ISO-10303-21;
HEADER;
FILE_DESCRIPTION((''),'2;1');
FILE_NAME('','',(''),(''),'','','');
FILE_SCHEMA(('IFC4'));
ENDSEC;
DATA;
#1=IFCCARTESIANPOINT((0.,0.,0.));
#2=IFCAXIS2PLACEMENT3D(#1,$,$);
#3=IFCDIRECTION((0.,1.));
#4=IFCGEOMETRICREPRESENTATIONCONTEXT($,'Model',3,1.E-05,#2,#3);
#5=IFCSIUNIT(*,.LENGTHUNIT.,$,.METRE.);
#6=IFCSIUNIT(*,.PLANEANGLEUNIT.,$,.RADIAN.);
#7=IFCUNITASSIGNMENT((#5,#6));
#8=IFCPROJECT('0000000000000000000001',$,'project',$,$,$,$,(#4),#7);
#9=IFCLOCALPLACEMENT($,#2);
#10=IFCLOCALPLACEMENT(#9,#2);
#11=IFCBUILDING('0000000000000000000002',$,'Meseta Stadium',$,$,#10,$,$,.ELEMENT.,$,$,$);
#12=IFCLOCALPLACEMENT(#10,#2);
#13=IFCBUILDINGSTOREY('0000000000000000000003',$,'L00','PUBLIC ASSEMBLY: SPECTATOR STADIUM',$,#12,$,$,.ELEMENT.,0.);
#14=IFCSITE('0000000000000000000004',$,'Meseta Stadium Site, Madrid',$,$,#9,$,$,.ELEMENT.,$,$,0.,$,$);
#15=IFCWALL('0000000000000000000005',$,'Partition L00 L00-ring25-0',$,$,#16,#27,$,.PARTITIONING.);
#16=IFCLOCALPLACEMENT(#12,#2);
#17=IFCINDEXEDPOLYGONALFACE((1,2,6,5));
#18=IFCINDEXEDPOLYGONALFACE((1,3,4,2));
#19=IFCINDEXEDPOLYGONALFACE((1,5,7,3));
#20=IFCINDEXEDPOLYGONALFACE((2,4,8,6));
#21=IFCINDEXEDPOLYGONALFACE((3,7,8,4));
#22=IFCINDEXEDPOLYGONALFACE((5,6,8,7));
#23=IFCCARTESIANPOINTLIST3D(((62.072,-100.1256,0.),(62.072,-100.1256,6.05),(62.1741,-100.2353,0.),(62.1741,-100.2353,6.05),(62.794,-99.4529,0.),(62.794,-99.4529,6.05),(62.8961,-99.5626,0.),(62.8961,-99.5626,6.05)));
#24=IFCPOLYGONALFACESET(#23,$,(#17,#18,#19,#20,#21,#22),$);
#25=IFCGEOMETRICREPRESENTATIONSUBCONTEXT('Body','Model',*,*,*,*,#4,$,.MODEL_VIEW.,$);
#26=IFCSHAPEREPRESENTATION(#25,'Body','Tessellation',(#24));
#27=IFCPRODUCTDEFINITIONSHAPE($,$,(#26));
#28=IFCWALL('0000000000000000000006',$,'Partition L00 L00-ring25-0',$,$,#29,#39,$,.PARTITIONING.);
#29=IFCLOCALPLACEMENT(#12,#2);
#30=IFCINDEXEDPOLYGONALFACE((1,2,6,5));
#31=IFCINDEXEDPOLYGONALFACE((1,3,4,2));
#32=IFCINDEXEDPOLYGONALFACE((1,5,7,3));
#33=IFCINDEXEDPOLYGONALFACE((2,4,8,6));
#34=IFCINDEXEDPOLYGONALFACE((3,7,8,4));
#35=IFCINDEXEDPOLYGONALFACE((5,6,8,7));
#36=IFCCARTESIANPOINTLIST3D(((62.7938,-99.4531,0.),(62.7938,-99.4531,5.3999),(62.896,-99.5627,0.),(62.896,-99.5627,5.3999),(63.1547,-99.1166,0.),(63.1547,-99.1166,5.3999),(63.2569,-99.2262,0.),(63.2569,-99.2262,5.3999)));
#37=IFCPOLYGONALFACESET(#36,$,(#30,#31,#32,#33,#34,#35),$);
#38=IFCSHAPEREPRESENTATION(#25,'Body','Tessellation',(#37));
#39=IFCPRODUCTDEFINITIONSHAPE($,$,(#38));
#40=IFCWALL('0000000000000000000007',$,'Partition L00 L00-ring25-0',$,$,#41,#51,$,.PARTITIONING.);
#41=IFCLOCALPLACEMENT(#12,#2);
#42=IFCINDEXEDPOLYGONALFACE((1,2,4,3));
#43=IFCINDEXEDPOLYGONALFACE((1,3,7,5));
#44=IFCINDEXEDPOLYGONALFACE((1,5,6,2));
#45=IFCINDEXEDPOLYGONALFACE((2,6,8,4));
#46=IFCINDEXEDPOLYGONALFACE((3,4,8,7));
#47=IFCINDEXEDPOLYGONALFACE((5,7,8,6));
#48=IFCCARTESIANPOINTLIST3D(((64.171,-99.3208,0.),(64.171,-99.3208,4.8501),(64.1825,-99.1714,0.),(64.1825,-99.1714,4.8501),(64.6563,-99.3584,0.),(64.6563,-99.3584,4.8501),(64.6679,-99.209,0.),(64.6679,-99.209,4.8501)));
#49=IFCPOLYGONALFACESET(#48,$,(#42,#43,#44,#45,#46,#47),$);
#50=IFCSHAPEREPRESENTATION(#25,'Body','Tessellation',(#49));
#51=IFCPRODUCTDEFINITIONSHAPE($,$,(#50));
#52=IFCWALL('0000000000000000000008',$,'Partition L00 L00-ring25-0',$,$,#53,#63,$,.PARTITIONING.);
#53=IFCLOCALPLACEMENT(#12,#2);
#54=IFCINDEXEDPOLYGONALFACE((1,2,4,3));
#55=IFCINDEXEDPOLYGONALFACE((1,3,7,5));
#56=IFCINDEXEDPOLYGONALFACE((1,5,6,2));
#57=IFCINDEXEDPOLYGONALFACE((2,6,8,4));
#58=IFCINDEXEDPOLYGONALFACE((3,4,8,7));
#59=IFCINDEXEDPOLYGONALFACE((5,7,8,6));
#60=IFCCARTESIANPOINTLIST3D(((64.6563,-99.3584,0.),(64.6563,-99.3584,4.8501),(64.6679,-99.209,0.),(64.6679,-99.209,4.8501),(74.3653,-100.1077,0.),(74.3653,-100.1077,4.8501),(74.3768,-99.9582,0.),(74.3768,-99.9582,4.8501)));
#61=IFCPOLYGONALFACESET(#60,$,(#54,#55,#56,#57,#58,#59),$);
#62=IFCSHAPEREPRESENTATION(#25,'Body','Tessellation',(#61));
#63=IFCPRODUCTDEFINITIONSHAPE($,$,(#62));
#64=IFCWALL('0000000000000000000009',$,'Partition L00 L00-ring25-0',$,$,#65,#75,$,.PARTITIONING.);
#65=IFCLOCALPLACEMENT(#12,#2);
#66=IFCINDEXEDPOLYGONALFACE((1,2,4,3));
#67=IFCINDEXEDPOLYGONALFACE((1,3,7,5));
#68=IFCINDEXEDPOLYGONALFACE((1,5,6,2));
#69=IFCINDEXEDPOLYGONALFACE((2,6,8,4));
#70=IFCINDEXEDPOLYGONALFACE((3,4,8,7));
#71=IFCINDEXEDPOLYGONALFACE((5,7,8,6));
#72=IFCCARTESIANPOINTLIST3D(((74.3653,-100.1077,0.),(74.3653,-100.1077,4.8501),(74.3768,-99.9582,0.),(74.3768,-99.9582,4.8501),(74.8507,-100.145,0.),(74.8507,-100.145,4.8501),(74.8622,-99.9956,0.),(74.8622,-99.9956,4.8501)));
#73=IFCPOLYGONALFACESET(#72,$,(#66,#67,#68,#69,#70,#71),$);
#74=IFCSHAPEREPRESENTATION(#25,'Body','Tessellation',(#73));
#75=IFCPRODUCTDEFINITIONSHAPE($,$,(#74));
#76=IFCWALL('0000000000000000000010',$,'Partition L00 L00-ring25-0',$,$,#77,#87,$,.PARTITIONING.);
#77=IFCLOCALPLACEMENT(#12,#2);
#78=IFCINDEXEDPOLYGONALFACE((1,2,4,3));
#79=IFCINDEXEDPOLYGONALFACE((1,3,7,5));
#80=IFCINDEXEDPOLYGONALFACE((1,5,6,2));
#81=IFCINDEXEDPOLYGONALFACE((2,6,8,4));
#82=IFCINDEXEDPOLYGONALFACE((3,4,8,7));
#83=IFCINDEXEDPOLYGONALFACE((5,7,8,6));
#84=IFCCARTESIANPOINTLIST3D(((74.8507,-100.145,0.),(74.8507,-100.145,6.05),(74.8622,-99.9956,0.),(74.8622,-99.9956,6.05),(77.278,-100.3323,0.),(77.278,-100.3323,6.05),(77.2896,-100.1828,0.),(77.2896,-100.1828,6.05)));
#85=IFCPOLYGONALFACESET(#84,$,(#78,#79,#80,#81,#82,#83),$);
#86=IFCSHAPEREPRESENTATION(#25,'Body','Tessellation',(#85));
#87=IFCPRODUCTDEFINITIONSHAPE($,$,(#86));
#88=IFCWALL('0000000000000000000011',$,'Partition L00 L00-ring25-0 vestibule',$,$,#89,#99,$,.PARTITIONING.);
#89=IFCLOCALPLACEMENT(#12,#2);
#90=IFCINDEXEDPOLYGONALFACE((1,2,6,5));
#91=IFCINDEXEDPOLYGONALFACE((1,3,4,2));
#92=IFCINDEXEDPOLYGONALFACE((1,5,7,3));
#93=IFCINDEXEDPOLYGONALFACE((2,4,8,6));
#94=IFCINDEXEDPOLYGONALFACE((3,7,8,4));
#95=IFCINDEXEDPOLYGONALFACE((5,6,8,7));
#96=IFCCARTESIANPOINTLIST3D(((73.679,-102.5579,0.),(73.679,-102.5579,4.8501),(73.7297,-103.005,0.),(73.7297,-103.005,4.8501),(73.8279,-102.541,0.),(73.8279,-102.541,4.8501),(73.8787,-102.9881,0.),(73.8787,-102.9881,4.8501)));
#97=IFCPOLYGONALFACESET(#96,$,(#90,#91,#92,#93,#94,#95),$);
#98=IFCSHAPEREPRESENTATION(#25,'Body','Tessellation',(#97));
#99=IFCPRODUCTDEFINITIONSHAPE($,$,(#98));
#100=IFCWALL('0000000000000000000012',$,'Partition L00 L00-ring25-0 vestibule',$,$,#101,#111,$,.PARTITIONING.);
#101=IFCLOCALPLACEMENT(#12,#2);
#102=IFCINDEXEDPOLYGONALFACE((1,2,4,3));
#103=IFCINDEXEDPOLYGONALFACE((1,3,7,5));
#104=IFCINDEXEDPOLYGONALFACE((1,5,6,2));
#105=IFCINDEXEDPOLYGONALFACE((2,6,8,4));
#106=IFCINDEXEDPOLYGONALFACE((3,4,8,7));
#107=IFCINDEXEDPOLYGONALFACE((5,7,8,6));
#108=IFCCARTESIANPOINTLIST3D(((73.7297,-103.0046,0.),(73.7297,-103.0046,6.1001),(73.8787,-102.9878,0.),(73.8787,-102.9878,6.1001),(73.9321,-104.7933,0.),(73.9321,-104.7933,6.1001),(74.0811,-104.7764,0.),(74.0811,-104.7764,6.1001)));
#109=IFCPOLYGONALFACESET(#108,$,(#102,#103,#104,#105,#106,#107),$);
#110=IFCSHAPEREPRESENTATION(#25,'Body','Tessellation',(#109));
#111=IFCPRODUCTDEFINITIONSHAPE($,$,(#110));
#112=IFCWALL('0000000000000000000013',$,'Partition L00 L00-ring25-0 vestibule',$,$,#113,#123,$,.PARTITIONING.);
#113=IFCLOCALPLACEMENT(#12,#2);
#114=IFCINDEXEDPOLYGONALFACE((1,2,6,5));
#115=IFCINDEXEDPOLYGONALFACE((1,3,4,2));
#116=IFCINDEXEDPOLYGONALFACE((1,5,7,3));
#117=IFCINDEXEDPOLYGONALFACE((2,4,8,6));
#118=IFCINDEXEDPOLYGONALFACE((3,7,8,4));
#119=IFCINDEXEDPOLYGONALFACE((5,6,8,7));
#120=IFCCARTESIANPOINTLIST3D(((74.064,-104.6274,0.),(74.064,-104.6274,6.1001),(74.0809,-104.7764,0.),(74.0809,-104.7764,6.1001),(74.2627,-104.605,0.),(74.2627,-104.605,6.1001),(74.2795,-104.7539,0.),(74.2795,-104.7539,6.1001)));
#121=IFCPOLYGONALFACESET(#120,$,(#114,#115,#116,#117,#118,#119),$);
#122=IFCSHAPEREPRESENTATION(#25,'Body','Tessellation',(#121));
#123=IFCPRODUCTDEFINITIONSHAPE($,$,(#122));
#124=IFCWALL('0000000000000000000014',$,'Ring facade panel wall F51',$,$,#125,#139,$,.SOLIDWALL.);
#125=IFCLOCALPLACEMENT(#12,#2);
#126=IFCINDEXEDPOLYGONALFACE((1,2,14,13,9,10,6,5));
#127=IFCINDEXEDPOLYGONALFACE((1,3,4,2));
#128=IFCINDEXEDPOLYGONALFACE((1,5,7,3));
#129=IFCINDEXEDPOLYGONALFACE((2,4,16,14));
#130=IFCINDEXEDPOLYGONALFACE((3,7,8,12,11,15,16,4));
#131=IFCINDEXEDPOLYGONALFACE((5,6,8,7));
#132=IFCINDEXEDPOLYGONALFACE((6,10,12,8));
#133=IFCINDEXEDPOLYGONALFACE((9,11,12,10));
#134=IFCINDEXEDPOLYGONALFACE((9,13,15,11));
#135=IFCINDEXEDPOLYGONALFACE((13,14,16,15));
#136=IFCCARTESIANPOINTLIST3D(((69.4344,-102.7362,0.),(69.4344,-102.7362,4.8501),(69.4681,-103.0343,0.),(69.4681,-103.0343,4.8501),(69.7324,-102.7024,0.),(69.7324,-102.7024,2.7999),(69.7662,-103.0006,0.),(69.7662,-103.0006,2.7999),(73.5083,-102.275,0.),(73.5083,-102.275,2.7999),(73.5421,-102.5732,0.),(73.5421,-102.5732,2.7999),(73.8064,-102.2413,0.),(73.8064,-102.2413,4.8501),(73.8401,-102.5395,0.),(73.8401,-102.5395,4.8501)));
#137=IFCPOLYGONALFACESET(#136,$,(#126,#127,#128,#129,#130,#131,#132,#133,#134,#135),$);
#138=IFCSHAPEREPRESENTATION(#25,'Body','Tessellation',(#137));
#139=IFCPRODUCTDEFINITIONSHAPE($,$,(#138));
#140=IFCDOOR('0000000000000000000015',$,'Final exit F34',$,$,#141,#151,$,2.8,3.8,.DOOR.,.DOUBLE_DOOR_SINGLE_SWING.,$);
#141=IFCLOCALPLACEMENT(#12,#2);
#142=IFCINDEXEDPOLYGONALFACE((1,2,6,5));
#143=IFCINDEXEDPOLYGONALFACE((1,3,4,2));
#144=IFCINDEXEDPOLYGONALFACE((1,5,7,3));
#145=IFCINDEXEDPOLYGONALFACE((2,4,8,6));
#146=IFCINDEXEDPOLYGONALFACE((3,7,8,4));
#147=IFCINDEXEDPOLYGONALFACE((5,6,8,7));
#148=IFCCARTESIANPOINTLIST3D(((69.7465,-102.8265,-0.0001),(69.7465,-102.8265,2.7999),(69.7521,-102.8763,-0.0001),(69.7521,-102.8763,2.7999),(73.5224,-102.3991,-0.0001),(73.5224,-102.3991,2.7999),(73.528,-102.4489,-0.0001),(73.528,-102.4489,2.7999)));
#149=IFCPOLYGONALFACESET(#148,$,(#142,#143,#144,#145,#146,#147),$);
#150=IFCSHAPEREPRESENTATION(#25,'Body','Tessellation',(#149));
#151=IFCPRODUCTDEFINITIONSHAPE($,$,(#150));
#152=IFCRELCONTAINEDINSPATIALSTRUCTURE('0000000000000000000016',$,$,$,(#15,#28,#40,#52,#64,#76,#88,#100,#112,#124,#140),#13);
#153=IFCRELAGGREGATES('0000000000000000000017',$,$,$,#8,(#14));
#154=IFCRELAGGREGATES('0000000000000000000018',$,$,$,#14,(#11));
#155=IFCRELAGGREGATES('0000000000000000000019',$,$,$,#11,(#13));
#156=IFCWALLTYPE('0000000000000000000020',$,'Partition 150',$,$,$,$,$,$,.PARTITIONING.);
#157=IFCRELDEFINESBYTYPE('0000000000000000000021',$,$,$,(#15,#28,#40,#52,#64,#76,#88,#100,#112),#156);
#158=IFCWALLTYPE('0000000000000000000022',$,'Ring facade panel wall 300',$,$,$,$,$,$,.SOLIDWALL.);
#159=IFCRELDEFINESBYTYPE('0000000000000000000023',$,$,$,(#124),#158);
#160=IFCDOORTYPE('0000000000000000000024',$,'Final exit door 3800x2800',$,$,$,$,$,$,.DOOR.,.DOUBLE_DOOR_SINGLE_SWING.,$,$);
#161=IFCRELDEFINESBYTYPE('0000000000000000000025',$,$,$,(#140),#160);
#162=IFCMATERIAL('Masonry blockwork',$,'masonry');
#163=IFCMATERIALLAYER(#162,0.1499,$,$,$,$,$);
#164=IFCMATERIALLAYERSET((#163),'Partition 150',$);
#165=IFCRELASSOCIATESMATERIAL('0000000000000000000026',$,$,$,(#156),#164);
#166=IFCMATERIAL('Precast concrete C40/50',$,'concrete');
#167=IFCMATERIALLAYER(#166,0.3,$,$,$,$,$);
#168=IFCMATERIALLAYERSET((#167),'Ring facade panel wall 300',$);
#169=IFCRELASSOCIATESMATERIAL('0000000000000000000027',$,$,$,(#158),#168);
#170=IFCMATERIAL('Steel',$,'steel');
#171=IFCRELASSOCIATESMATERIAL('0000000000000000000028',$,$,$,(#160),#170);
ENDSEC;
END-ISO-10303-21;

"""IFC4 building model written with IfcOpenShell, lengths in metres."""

from ifc_helpers import new_model, si_unit, direction, frame, frame_2d, origin, place, context, subcontext, project, spatial, rectangle, extrude, material, layer, layer_set, type_object, element, fill, save


model = new_model("IFC4")

# Units and contexts
model_context = context("Model", 3, precision=1e-05, world=origin(), true_north=direction((0.0, 1.0)))
body_context = subcontext(model_context, "Body", "Model", "MODEL_VIEW")
ifc_project = project(units=[si_unit("LENGTHUNIT", "METRE"), si_unit("PLANEANGLEUNIT", "RADIAN")], contexts=[model_context])

# Site, building, storey
site_placement = place(None, origin())
site = spatial("IfcSite", under=ifc_project, at=site_placement, Name="Meseta Stadium Site, Madrid", CompositionType="ELEMENT", RefElevation=0.0)
building_placement = place(site_placement, origin())
building = spatial("IfcBuilding", under=site, at=building_placement, Name="Meseta Stadium", CompositionType="ELEMENT")
storey_placement = place(building_placement, origin())
storey = spatial("IfcBuildingStorey", under=building, at=storey_placement, Name="L00", Description="PUBLIC ASSEMBLY: SPECTATOR STADIUM", CompositionType="ELEMENT", Elevation=0.0)

# Walls
ifc_material_1 = material(Name="Masonry blockwork", Category="masonry")
ifc_layer_1 = layer(ifc_material_1, 0.1499)
ifc_layer_set_1 = layer_set([ifc_layer_1], Name="Partition 150")
wall_type_1 = type_object("IfcWallType", Name="Partition 150", PredefinedType="PARTITIONING", material=ifc_layer_set_1)
wall_1_placement = place(storey_placement, frame((62.123, -100.1804, 0.0), z_axis=(0.0, 0.0, 1.0), x_axis=(0.731656, 0.681674, 0.0)))
element("IfcWall", 1, at=wall_1_placement, inside=storey, type_object=wall_type_1, Name="Partition L00 L00-ring25-0", PredefinedType="PARTITIONING", context=body_context, shape_type="SweptSolid", body=[
    extrude(rectangle(XDim=0.9868, YDim=0.1499, at=frame_2d((0.4934, 0.0))), origin(), (0.0, 0.0, 1.0), 6.05),
])
wall_2_placement = place(storey_placement, frame((62.845, -99.5078, 0.0), z_axis=(0.0, 0.0, 1.0), x_axis=(0.731417, 0.68193, 0.0)))
element("IfcWall", 2, at=wall_2_placement, inside=storey, type_object=wall_type_1, Name="Partition L00 L00-ring25-0", PredefinedType="PARTITIONING", context=body_context, shape_type="SweptSolid", body=[
    extrude(rectangle(XDim=0.4934, YDim=0.1499, at=frame_2d((0.2466, 0.0))), origin(), (0.0, 0.0, 1.0), 5.3999),
])
wall_3_placement = place(storey_placement, frame((64.1768, -99.2461, 0.0), z_axis=(0.0, 0.0, 1.0), x_axis=(0.997013, -0.077233, 0.0)))
element("IfcWall", 3, at=wall_3_placement, inside=storey, type_object=wall_type_1, Name="Partition L00 L00-ring25-0", PredefinedType="PARTITIONING", context=body_context, shape_type="SweptSolid", body=[
    extrude(rectangle(XDim=0.4868, YDim=0.1499, at=frame_2d((0.2434, 0.0))), origin(), (0.0, 0.0, 1.0), 4.8501),
])
wall_4_placement = place(storey_placement, frame((64.6621, -99.2837, 0.0), z_axis=(0.0, 0.0, 1.0), x_axis=(0.997035, -0.076944, 0.0)))
element("IfcWall", 4, at=wall_4_placement, inside=storey, type_object=wall_type_1, Name="Partition L00 L00-ring25-0", PredefinedType="PARTITIONING", context=body_context, shape_type="SweptSolid", body=[
    extrude(rectangle(XDim=9.7378, YDim=0.1499, at=frame_2d((4.8689, 0.0))), origin(), (0.0, 0.0, 1.0), 4.8501),
])
wall_5_placement = place(storey_placement, frame((74.3711, -100.033, 0.0), z_axis=(0.0, 0.0, 1.0), x_axis=(0.997052, -0.076735, 0.0)))
element("IfcWall", 5, at=wall_5_placement, inside=storey, type_object=wall_type_1, Name="Partition L00 L00-ring25-0", PredefinedType="PARTITIONING", context=body_context, shape_type="SweptSolid", body=[
    extrude(rectangle(XDim=0.4868, YDim=0.1499, at=frame_2d((0.2434, 0.0))), origin(), (0.0, 0.0, 1.0), 4.8501),
])
wall_6_placement = place(storey_placement, frame((74.8564, -100.0703, 0.0), z_axis=(0.0, 0.0, 1.0), x_axis=(0.997037, -0.076919, 0.0)))
element("IfcWall", 6, at=wall_6_placement, inside=storey, type_object=wall_type_1, Name="Partition L00 L00-ring25-0", PredefinedType="PARTITIONING", context=body_context, shape_type="SweptSolid", body=[
    extrude(rectangle(XDim=2.4346, YDim=0.1499, at=frame_2d((1.2173, 0.0))), origin(), (0.0, 0.0, 1.0), 6.05),
])
wall_7_placement = place(storey_placement, frame((73.7534, -102.5493, 0.0), z_axis=(0.0, 0.0, 1.0), x_axis=(0.112873, -0.993609, 0.0)))
element("IfcWall", 7, at=wall_7_placement, inside=storey, type_object=wall_type_1, Name="Partition L00 L00-ring25-0 vestibule", PredefinedType="PARTITIONING", context=body_context, shape_type="SweptSolid", body=[
    extrude(rectangle(XDim=0.45, YDim=0.1499, at=frame_2d((0.2251, 0.0))), origin(), (0.0, 0.0, 1.0), 4.8501),
])
wall_8_placement = place(storey_placement, frame((73.8042, -102.9963, 0.0), z_axis=(0.0, 0.0, 1.0), x_axis=(0.112441, -0.993658, 0.0)))
element("IfcWall", 8, at=wall_8_placement, inside=storey, type_object=wall_type_1, Name="Partition L00 L00-ring25-0 vestibule", PredefinedType="PARTITIONING", context=body_context, shape_type="SweptSolid", body=[
    extrude(rectangle(XDim=1.8, YDim=0.1499, at=frame_2d((0.8999, 0.0))), origin(), (0.0, 0.0, 1.0), 6.1001),
])
wall_9_placement = place(storey_placement, frame((74.2712, -104.6794, 0.0), z_axis=(0.0, 0.0, 1.0), x_axis=(-0.993674, -0.112307, 0.0)))
element("IfcWall", 9, at=wall_9_placement, inside=storey, type_object=wall_type_1, Name="Partition L00 L00-ring25-0 vestibule", PredefinedType="PARTITIONING", context=body_context, shape_type="SweptSolid", body=[
    extrude(rectangle(XDim=0.2, YDim=0.1499, at=frame_2d((0.1001, 0.0))), origin(), (0.0, 0.0, 1.0), 6.1001),
])

# Wall, opening, door
ifc_material_2 = material(Name="Precast concrete C40/50", Category="concrete")
ifc_layer_2 = layer(ifc_material_2, 0.3)
ifc_layer_set_2 = layer_set([ifc_layer_2], Name="Ring facade panel wall 300")
wall_type_2 = type_object("IfcWallType", Name="Ring facade panel wall 300", PredefinedType="SOLIDWALL", material=ifc_layer_set_2)
wall_10_placement = place(storey_placement, frame((73.8232, -102.3904, 0.0), z_axis=(0.0, 0.0, 1.0), x_axis=(-0.993655, -0.112471, 0.0)))
wall_10 = element("IfcWall", 10, at=wall_10_placement, inside=storey, type_object=wall_type_2, Name="Ring facade panel wall F51", PredefinedType="SOLIDWALL", context=body_context, shape_type="SweptSolid", body=[
    extrude(rectangle(XDim=4.3999, YDim=0.3, at=frame_2d((2.2, 0.0))), origin(), (0.0, 0.0, 1.0), 4.8501),
])
opening_placement = place(wall_10_placement, frame((0.3, 0.0, 0.0)))
opening = element("IfcOpeningElement", 11, at=opening_placement, cuts=wall_10, PredefinedType="OPENING", context=body_context, shape_type="SweptSolid", body=[
    extrude(rectangle(XDim=3.8, YDim=2.8, at=frame_2d((1.8999, 1.3999))), frame((0.0, 0.1599, 0.0), z_axis=(0.0, -1.0, 0.0), x_axis=(1.0, 0.0, 0.0)), (0.0, 0.0, 1.0), 0.3201),
])
ifc_material_3 = material(Name="Steel", Category="steel")
door_type = type_object("IfcDoorType", Name="Final exit door 3800x2800", OperationType="DOUBLE_DOOR_SINGLE_SWING", PredefinedType="DOOR", material=ifc_material_3)
door_placement = place(opening_placement, origin())
door = element("IfcDoor", 12, at=door_placement, inside=storey, type_object=door_type, Name="Final exit F34", OperationType="DOUBLE_DOOR_SINGLE_SWING", OverallHeight=2.8, OverallWidth=3.8, PredefinedType="DOOR", context=body_context, shape_type="SweptSolid", body=[
    extrude(rectangle(XDim=3.8, YDim=2.8, at=frame_2d((1.8999, 1.3999))), frame((0.0, 0.0249, 0.0), z_axis=(0.0, -1.0, 0.0), x_axis=(1.0, 0.0, 0.0)), (0.0, 0.0, 1.0), 0.05),
])
fill(opening, door)

save(model, "model.ifc")
